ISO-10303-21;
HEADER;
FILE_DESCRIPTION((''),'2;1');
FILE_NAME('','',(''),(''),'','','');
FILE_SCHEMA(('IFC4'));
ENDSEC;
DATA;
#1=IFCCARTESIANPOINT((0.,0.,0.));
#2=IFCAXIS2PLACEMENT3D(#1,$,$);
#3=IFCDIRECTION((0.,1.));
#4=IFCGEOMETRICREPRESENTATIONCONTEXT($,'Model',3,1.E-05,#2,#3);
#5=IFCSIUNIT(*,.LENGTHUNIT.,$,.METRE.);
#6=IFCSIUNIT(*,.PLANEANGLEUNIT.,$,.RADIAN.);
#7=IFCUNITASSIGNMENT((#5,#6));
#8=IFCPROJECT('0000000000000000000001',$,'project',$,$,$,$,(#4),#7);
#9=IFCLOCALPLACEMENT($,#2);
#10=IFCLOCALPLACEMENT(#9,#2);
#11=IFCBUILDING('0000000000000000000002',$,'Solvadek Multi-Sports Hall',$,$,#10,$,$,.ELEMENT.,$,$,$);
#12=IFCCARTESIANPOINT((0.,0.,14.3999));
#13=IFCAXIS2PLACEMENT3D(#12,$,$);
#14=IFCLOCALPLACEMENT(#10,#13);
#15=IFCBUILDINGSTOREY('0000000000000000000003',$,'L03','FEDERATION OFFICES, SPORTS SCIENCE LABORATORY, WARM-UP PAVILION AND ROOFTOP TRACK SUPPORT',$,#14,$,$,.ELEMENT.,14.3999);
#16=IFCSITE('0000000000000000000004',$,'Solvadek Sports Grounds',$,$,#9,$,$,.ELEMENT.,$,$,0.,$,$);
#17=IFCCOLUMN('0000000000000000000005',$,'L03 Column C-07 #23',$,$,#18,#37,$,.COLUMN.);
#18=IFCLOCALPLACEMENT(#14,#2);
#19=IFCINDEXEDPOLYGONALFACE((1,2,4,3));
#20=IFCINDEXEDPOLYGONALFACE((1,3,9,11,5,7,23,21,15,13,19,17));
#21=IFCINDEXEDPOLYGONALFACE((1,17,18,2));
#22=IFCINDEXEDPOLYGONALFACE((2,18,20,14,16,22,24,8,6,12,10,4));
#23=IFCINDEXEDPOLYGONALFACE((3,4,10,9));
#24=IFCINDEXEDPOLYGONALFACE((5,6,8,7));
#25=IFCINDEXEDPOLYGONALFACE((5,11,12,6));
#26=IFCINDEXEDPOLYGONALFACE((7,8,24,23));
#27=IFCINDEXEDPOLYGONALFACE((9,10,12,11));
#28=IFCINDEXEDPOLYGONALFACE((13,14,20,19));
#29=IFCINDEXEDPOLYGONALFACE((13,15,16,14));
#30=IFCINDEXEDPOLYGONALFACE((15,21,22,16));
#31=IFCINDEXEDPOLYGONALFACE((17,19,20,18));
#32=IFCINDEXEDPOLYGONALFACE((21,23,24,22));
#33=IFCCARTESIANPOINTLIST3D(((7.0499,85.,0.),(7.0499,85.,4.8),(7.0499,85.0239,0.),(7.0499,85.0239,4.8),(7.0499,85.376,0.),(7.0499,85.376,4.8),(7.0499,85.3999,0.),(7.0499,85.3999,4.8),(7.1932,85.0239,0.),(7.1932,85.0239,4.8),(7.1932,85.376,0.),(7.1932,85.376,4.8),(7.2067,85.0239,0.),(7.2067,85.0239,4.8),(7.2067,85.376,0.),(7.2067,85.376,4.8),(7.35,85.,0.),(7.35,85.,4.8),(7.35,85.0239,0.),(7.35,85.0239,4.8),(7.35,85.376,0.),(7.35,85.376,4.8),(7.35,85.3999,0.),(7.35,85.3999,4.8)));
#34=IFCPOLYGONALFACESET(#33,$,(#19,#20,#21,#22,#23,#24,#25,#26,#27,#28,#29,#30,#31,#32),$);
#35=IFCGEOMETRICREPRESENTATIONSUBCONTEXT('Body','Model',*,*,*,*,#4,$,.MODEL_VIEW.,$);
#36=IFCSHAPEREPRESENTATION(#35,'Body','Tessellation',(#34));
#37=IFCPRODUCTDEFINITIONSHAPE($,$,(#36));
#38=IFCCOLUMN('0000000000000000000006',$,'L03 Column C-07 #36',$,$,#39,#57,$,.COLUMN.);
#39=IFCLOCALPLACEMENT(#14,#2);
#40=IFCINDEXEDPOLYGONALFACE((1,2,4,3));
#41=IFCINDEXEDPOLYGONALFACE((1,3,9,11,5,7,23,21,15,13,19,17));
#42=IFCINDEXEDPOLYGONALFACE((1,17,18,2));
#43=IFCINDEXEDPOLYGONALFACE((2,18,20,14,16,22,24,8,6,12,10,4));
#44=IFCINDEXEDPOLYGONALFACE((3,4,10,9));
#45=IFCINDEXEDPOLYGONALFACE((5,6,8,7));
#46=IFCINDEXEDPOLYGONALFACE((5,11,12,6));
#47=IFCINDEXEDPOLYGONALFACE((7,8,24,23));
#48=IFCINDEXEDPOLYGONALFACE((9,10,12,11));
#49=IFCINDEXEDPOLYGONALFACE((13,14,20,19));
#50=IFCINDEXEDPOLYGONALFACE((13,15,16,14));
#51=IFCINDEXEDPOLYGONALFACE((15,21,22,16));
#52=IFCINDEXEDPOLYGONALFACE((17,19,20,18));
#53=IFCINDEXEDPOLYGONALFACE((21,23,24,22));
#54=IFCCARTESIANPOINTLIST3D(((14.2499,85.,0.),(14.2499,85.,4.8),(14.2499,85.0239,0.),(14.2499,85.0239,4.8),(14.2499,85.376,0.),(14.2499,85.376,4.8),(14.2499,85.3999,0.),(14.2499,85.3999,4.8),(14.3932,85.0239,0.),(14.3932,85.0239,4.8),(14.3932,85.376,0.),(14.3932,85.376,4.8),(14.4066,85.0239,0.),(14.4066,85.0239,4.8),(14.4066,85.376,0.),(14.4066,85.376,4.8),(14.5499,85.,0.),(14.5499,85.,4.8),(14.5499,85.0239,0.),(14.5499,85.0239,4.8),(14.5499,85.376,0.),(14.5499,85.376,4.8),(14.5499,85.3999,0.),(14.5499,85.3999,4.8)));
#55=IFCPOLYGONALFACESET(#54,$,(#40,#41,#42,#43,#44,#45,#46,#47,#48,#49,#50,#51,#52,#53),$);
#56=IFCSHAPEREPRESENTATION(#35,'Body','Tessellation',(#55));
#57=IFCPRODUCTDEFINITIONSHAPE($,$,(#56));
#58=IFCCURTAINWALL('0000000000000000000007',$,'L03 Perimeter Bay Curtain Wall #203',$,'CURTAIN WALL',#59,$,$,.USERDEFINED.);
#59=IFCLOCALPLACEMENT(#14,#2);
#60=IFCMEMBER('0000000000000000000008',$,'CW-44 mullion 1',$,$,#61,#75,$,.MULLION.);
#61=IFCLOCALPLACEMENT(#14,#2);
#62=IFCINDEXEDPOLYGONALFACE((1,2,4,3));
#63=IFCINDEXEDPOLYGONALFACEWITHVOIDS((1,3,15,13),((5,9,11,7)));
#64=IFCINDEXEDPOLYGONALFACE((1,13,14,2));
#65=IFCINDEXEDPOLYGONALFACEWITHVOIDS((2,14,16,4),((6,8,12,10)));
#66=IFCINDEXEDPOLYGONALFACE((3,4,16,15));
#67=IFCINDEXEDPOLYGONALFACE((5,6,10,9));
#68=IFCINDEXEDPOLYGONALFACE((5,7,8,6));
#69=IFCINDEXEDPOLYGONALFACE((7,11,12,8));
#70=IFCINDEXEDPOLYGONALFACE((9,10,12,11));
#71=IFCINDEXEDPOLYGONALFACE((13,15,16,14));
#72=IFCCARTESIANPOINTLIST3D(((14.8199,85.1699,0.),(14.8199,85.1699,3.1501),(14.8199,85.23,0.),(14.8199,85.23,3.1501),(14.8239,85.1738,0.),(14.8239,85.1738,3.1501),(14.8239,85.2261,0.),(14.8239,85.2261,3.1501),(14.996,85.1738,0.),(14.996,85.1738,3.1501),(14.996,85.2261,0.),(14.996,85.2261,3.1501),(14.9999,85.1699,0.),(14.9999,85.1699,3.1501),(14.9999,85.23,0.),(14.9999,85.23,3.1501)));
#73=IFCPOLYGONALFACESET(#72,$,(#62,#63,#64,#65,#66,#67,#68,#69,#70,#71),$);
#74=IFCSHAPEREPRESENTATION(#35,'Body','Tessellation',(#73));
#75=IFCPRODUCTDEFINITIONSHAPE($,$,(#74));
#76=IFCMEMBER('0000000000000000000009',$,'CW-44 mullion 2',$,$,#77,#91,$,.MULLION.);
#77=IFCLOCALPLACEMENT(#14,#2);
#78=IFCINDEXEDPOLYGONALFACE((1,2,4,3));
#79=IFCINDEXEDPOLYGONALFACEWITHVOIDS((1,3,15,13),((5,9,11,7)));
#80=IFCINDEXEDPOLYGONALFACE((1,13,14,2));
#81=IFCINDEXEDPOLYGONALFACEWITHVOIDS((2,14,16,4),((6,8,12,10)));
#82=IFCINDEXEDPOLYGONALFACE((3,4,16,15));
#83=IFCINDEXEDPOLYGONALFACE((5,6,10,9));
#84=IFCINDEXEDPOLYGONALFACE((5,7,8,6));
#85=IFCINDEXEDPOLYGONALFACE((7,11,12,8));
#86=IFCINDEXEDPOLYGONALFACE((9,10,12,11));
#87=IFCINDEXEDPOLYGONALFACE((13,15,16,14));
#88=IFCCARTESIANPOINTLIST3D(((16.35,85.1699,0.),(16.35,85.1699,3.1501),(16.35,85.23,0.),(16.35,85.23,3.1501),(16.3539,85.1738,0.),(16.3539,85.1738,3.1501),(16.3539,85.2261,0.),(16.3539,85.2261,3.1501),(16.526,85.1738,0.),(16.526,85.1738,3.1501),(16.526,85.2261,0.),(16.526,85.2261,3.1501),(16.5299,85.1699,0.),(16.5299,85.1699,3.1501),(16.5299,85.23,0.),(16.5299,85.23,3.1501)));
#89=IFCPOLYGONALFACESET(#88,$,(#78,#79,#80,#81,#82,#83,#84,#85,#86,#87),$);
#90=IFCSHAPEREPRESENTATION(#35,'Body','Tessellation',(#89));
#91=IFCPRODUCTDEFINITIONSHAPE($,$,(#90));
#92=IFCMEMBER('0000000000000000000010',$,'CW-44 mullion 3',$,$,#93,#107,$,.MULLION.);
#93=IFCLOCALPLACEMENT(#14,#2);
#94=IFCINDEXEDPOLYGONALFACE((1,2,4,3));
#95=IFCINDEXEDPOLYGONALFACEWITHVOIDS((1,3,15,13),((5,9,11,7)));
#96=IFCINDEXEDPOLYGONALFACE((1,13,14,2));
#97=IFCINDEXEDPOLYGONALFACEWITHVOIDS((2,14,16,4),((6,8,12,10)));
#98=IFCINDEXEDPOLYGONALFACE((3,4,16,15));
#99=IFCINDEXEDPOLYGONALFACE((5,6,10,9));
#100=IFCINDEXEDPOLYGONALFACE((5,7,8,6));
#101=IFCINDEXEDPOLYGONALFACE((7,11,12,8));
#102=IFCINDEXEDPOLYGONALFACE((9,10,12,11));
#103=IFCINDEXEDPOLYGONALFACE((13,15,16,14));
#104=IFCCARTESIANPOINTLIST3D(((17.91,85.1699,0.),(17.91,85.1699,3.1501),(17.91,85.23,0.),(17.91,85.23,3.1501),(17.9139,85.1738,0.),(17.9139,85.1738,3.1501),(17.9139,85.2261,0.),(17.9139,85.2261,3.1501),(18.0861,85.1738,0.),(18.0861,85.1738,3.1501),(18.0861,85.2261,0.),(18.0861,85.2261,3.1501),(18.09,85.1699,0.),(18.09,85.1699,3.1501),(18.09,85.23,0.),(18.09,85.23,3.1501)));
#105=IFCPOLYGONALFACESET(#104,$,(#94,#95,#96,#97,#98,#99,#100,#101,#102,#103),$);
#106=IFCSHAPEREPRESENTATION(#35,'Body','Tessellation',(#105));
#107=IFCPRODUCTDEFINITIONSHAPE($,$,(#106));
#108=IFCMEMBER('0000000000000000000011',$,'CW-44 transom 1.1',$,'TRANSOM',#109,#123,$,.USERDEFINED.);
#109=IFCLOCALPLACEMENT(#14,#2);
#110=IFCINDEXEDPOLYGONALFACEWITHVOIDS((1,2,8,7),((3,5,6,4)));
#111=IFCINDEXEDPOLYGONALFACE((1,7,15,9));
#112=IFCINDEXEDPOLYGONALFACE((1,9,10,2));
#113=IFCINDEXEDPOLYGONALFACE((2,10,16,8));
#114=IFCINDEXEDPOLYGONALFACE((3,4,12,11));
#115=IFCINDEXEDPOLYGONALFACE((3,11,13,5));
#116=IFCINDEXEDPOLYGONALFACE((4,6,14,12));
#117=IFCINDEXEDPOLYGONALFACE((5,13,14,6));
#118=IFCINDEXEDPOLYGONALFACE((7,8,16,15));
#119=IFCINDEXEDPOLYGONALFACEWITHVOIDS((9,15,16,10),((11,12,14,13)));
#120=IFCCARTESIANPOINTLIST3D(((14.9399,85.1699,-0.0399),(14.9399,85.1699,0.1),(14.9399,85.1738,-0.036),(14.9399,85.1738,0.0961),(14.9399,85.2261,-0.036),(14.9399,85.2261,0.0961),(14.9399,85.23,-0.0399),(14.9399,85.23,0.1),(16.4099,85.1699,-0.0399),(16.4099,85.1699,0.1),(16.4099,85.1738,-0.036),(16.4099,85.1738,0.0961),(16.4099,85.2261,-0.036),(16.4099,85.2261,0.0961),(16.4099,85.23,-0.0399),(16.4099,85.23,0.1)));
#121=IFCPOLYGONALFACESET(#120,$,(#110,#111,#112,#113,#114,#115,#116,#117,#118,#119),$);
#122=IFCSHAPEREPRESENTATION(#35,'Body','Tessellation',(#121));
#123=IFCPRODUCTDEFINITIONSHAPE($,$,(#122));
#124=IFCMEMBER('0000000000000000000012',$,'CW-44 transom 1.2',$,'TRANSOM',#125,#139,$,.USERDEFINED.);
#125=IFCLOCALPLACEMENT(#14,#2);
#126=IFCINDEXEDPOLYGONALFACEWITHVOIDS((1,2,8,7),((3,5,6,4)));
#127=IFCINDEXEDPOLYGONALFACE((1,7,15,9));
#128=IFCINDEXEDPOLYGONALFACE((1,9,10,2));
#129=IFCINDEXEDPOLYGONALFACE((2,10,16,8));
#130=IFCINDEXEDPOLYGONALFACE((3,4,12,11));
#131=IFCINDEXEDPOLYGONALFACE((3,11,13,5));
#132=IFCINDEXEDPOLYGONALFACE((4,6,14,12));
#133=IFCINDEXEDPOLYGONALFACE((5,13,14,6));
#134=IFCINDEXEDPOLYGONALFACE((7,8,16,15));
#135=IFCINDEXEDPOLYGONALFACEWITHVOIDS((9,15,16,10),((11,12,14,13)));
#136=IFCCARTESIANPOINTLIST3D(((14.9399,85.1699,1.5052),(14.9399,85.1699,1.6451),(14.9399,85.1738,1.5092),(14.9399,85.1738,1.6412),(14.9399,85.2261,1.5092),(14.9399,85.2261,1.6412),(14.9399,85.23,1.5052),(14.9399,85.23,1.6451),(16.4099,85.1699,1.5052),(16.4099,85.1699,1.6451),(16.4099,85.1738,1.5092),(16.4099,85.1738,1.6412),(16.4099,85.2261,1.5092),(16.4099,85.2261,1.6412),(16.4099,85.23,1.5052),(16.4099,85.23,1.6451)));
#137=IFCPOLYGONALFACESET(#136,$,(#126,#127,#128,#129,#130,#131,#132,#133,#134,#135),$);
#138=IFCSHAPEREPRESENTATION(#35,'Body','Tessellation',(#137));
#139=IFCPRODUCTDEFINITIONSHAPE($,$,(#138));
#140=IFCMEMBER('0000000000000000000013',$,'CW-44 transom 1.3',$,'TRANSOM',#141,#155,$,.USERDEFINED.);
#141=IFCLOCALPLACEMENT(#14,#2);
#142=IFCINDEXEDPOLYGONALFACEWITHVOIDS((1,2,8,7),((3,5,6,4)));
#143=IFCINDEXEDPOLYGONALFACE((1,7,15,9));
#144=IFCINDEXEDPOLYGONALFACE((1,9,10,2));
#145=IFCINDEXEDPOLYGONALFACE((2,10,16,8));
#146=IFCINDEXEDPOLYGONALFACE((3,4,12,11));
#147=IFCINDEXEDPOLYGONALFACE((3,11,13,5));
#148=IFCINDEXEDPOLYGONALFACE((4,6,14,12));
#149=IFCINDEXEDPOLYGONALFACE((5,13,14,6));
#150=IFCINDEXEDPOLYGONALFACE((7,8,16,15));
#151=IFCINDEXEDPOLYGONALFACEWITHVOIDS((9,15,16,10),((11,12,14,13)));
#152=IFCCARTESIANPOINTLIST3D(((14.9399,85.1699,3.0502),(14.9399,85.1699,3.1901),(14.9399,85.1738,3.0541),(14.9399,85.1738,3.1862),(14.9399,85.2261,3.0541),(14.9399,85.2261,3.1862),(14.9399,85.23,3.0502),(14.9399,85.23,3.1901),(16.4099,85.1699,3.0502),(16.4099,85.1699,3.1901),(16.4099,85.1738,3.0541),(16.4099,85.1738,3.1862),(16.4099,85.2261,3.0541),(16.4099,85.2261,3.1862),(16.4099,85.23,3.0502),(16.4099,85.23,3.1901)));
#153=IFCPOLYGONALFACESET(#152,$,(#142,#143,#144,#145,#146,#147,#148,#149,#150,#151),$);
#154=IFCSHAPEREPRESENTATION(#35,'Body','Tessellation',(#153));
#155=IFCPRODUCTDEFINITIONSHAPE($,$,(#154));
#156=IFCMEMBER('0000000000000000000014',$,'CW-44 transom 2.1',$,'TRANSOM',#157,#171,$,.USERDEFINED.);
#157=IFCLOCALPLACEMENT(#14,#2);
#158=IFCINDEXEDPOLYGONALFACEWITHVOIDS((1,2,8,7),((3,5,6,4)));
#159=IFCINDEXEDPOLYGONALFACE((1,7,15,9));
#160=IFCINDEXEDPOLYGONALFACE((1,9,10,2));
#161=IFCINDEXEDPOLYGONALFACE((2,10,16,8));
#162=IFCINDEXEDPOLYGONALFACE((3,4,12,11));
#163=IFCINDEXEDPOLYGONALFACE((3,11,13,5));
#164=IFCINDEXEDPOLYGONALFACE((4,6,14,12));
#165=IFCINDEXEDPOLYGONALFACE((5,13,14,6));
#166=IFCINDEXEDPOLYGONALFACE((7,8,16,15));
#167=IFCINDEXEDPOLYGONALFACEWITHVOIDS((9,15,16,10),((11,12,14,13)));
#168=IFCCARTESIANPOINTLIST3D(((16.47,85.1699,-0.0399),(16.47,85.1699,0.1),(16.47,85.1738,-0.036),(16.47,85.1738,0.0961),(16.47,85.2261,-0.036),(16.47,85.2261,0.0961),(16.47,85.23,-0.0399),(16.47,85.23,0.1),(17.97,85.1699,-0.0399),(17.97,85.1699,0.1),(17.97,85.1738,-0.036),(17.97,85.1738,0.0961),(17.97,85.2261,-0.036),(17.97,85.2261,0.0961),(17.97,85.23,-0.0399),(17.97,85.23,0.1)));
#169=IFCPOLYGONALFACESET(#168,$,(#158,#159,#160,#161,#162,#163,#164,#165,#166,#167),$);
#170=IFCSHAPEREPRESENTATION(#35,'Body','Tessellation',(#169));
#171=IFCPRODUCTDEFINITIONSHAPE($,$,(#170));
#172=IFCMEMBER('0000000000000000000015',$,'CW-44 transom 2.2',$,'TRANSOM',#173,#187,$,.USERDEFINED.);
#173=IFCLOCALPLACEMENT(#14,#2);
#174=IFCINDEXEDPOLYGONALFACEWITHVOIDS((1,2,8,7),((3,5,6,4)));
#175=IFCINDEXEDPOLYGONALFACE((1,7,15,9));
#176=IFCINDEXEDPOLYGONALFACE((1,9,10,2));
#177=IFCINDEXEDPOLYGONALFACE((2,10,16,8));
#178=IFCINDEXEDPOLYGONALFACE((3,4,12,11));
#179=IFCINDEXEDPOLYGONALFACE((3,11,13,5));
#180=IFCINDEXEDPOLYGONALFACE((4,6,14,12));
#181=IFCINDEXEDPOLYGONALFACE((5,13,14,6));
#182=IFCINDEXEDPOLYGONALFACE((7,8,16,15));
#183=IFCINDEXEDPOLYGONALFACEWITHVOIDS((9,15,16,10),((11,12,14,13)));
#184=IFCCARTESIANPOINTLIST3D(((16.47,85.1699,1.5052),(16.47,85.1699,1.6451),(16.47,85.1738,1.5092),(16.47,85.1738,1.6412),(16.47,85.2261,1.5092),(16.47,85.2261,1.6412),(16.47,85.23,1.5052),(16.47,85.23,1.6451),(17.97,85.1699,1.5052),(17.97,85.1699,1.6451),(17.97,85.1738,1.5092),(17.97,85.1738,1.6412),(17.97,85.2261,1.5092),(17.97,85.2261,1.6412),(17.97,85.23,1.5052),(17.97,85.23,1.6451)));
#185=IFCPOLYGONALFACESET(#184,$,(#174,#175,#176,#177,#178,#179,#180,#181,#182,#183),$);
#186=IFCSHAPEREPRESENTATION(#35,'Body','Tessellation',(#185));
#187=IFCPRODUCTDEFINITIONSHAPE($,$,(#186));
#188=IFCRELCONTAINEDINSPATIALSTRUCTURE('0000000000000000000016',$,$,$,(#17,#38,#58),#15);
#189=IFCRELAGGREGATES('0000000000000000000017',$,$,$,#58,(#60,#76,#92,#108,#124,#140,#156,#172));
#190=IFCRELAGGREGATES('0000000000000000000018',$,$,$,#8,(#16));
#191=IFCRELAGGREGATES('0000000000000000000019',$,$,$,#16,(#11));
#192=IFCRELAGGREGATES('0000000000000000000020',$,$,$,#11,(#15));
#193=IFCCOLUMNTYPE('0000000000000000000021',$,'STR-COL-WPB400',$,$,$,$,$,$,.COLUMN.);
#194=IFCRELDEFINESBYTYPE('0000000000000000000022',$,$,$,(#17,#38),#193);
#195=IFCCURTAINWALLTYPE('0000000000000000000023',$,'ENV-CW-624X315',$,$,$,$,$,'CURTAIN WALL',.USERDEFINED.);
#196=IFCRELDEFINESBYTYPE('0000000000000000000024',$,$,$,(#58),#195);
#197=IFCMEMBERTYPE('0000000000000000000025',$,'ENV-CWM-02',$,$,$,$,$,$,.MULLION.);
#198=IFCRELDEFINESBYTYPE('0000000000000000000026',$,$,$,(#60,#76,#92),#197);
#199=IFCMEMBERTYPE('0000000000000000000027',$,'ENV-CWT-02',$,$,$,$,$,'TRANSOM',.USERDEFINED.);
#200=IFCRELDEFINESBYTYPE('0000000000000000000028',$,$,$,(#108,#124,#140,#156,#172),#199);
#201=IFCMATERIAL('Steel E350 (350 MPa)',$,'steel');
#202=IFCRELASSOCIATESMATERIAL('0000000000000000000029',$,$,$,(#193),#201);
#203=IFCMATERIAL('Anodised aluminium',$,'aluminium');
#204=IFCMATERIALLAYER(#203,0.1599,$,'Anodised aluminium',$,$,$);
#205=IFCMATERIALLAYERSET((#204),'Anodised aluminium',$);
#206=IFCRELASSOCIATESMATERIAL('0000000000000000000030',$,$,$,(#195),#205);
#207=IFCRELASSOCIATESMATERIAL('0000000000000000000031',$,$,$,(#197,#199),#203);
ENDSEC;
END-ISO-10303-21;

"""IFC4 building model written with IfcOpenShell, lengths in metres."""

from ifc_helpers import new_model, si_unit, direction, frame, origin, origin_2d, place, context, subcontext, project, spatial, hollow_rectangle, i_section, extrude, material, layer, layer_set, material_profile, profile_set, type_object, element, aggregate, save


model = new_model("IFC4")

# Units and contexts
model_context = context("Model", 3, precision=1e-05, world=origin(), true_north=direction((0.0, 1.0)))
body_context = subcontext(model_context, "Body", "Model", "MODEL_VIEW")
ifc_project = project(units=[si_unit("LENGTHUNIT", "METRE"), si_unit("PLANEANGLEUNIT", "RADIAN")], contexts=[model_context])

# Site, building, storey
site_placement = place(None, origin())
site = spatial("IfcSite", under=ifc_project, at=site_placement, Name="Solvadek Sports Grounds", CompositionType="ELEMENT", RefElevation=0.0)
building_placement = place(site_placement, origin())
building = spatial("IfcBuilding", under=site, at=building_placement, Name="Solvadek Multi-Sports Hall", CompositionType="ELEMENT")
storey_placement = place(building_placement, frame((0.0, 0.0, 14.3999)))
storey = spatial("IfcBuildingStorey", under=building, at=storey_placement, Name="L03", Description="FEDERATION OFFICES, SPORTS SCIENCE LABORATORY, WARM-UP PAVILION AND ROOFTOP TRACK SUPPORT", CompositionType="ELEMENT", Elevation=14.3999)

# Columns
ifc_material_1 = material(Name="Steel E350 (350 MPa)", Category="steel")
ifc_material_profile_1 = material_profile(ifc_material_1, i_section(OverallWidth=0.3, OverallDepth=0.3999, WebThickness=0.0134, FlangeThickness=0.0239, at=origin_2d()), Name="WPB 400")
ifc_profile_set_1 = profile_set([ifc_material_profile_1], Name="Steel E350 (350 MPa)")
column_type = type_object("IfcColumnType", Name="STR-COL-WPB400", PredefinedType="COLUMN", material=ifc_profile_set_1)
for number, where, z_axis, x_axis, name in (
    (1, (7.2, 85.2, 0.0), (0.0, 0.0, 1.0), (1.0, 0.0, 0.0), "L03 Column C-07 #23"),
    (2, (14.3999, 85.2, 0.0), (0.0, 0.0, 1.0), (1.0, 0.0, 0.0), "L03 Column C-07 #36"),
):
    element("IfcColumn", number, at=place(storey_placement, frame(where, z_axis=z_axis, x_axis=x_axis)), inside=storey, type_object=column_type, Name=name, PredefinedType="COLUMN", context=body_context, shape_type="SweptSolid", body=[
        extrude(i_section(OverallWidth=0.3, OverallDepth=0.3999, WebThickness=0.0134, FlangeThickness=0.0239, at=origin_2d()), origin(), (0.0, 0.0, 1.0), 4.8),
    ])

# Curtain wall, members
ifc_material_2 = material(Name="Anodised aluminium", Category="aluminium")
ifc_layer_1 = layer(ifc_material_2, 0.1599, Name="Anodised aluminium")
ifc_layer_set_1 = layer_set([ifc_layer_1], Name="Anodised aluminium")
curtain_wall_type = type_object("IfcCurtainWallType", Name="ENV-CW-624X315", ElementType="CURTAIN WALL", PredefinedType="USERDEFINED", material=ifc_layer_set_1)
curtain_wall_placement = place(storey_placement, origin())
curtain_wall = element("IfcCurtainWall", 3, at=curtain_wall_placement, inside=storey, type_object=curtain_wall_type, Name="L03 Perimeter Bay Curtain Wall #203", ObjectType="CURTAIN WALL", PredefinedType="USERDEFINED")
ifc_material_profile_2 = material_profile(ifc_material_2, hollow_rectangle(XDim=0.0601, YDim=0.1799, WallThickness=0.0039, at=origin_2d()), Name="ALU-M 180x60x4")
ifc_profile_set_2 = profile_set([ifc_material_profile_2], Name="Anodised aluminium")
member_type_1 = type_object("IfcMemberType", Name="ENV-CWM-02", PredefinedType="MULLION", material=ifc_profile_set_2)
member_1_placement = place(storey_placement, frame((14.9099, 85.2, 0.0), z_axis=(0.0, 0.0, 1.0), x_axis=(0.0, 1.0, 0.0)))
member_1 = element("IfcMember", 4, at=member_1_placement, type_object=member_type_1, Name="CW-44 mullion 1", PredefinedType="MULLION", context=body_context, shape_type="SweptSolid", body=[
    extrude(hollow_rectangle(XDim=0.0601, YDim=0.1799, WallThickness=0.0039, at=origin_2d()), origin(), (0.0, 0.0, 1.0), 3.1501),
])
member_2_placement = place(storey_placement, frame((16.4399, 85.2, 0.0), z_axis=(0.0, 0.0, 1.0), x_axis=(0.0, 1.0, 0.0)))
member_2 = element("IfcMember", 5, at=member_2_placement, type_object=member_type_1, Name="CW-44 mullion 2", PredefinedType="MULLION", context=body_context, shape_type="SweptSolid", body=[
    extrude(hollow_rectangle(XDim=0.0601, YDim=0.1799, WallThickness=0.0039, at=origin_2d()), origin(), (0.0, 0.0, 1.0), 3.1501),
])
member_3_placement = place(storey_placement, frame((18.0, 85.2, 0.0), z_axis=(0.0, 0.0, 1.0), x_axis=(0.0, 1.0, 0.0)))
member_3 = element("IfcMember", 6, at=member_3_placement, type_object=member_type_1, Name="CW-44 mullion 3", PredefinedType="MULLION", context=body_context, shape_type="SweptSolid", body=[
    extrude(hollow_rectangle(XDim=0.0601, YDim=0.1799, WallThickness=0.0039, at=origin_2d()), origin(), (0.0, 0.0, 1.0), 3.1501),
])
ifc_material_profile_3 = material_profile(ifc_material_2, hollow_rectangle(XDim=0.0601, YDim=0.1399, WallThickness=0.0039, at=origin_2d()), Name="ALU-T 140x60x4")
ifc_profile_set_3 = profile_set([ifc_material_profile_3], Name="Anodised aluminium")
member_type_2 = type_object("IfcMemberType", Name="ENV-CWT-02", ElementType="TRANSOM", PredefinedType="USERDEFINED", material=ifc_profile_set_3)
member_4_placement = place(storey_placement, frame((14.9399, 85.2, 0.03), z_axis=(1.0, 0.0, 0.0), x_axis=(0.0, 1.0, 0.0)))
member_4 = element("IfcMember", 7, at=member_4_placement, type_object=member_type_2, Name="CW-44 transom 1.1", ObjectType="TRANSOM", PredefinedType="USERDEFINED", context=body_context, shape_type="SweptSolid", body=[
    extrude(hollow_rectangle(XDim=0.0601, YDim=0.1399, WallThickness=0.0039, at=origin_2d()), origin(), (0.0, 0.0, 1.0), 1.47),
])
member_5_placement = place(storey_placement, frame((14.9399, 85.2, 1.5752), z_axis=(1.0, 0.0, 0.0), x_axis=(0.0, 1.0, 0.0)))
member_5 = element("IfcMember", 8, at=member_5_placement, type_object=member_type_2, Name="CW-44 transom 1.2", ObjectType="TRANSOM", PredefinedType="USERDEFINED", context=body_context, shape_type="SweptSolid", body=[
    extrude(hollow_rectangle(XDim=0.0601, YDim=0.1399, WallThickness=0.0039, at=origin_2d()), origin(), (0.0, 0.0, 1.0), 1.47),
])
member_6_placement = place(storey_placement, frame((14.9399, 85.2, 3.1201), z_axis=(1.0, 0.0, 0.0), x_axis=(0.0, 1.0, 0.0)))
member_6 = element("IfcMember", 9, at=member_6_placement, type_object=member_type_2, Name="CW-44 transom 1.3", ObjectType="TRANSOM", PredefinedType="USERDEFINED", context=body_context, shape_type="SweptSolid", body=[
    extrude(hollow_rectangle(XDim=0.0601, YDim=0.1399, WallThickness=0.0039, at=origin_2d()), origin(), (0.0, 0.0, 1.0), 1.47),
])
member_7_placement = place(storey_placement, frame((16.47, 85.2, 0.03), z_axis=(1.0, 0.0, 0.0), x_axis=(0.0, 1.0, 0.0)))
member_7 = element("IfcMember", 10, at=member_7_placement, type_object=member_type_2, Name="CW-44 transom 2.1", ObjectType="TRANSOM", PredefinedType="USERDEFINED", context=body_context, shape_type="SweptSolid", body=[
    extrude(hollow_rectangle(XDim=0.0601, YDim=0.1399, WallThickness=0.0039, at=origin_2d()), origin(), (0.0, 0.0, 1.0), 1.5),
])
member_8_placement = place(storey_placement, frame((16.47, 85.2, 1.5752), z_axis=(1.0, 0.0, 0.0), x_axis=(0.0, 1.0, 0.0)))
member_8 = element("IfcMember", 11, at=member_8_placement, type_object=member_type_2, Name="CW-44 transom 2.2", ObjectType="TRANSOM", PredefinedType="USERDEFINED", context=body_context, shape_type="SweptSolid", body=[
    extrude(hollow_rectangle(XDim=0.0601, YDim=0.1399, WallThickness=0.0039, at=origin_2d()), origin(), (0.0, 0.0, 1.0), 1.5),
])

aggregate(curtain_wall, [member_1, member_2, member_3, member_4, member_5, member_6, member_7, member_8])

save(model, "model.ifc")
